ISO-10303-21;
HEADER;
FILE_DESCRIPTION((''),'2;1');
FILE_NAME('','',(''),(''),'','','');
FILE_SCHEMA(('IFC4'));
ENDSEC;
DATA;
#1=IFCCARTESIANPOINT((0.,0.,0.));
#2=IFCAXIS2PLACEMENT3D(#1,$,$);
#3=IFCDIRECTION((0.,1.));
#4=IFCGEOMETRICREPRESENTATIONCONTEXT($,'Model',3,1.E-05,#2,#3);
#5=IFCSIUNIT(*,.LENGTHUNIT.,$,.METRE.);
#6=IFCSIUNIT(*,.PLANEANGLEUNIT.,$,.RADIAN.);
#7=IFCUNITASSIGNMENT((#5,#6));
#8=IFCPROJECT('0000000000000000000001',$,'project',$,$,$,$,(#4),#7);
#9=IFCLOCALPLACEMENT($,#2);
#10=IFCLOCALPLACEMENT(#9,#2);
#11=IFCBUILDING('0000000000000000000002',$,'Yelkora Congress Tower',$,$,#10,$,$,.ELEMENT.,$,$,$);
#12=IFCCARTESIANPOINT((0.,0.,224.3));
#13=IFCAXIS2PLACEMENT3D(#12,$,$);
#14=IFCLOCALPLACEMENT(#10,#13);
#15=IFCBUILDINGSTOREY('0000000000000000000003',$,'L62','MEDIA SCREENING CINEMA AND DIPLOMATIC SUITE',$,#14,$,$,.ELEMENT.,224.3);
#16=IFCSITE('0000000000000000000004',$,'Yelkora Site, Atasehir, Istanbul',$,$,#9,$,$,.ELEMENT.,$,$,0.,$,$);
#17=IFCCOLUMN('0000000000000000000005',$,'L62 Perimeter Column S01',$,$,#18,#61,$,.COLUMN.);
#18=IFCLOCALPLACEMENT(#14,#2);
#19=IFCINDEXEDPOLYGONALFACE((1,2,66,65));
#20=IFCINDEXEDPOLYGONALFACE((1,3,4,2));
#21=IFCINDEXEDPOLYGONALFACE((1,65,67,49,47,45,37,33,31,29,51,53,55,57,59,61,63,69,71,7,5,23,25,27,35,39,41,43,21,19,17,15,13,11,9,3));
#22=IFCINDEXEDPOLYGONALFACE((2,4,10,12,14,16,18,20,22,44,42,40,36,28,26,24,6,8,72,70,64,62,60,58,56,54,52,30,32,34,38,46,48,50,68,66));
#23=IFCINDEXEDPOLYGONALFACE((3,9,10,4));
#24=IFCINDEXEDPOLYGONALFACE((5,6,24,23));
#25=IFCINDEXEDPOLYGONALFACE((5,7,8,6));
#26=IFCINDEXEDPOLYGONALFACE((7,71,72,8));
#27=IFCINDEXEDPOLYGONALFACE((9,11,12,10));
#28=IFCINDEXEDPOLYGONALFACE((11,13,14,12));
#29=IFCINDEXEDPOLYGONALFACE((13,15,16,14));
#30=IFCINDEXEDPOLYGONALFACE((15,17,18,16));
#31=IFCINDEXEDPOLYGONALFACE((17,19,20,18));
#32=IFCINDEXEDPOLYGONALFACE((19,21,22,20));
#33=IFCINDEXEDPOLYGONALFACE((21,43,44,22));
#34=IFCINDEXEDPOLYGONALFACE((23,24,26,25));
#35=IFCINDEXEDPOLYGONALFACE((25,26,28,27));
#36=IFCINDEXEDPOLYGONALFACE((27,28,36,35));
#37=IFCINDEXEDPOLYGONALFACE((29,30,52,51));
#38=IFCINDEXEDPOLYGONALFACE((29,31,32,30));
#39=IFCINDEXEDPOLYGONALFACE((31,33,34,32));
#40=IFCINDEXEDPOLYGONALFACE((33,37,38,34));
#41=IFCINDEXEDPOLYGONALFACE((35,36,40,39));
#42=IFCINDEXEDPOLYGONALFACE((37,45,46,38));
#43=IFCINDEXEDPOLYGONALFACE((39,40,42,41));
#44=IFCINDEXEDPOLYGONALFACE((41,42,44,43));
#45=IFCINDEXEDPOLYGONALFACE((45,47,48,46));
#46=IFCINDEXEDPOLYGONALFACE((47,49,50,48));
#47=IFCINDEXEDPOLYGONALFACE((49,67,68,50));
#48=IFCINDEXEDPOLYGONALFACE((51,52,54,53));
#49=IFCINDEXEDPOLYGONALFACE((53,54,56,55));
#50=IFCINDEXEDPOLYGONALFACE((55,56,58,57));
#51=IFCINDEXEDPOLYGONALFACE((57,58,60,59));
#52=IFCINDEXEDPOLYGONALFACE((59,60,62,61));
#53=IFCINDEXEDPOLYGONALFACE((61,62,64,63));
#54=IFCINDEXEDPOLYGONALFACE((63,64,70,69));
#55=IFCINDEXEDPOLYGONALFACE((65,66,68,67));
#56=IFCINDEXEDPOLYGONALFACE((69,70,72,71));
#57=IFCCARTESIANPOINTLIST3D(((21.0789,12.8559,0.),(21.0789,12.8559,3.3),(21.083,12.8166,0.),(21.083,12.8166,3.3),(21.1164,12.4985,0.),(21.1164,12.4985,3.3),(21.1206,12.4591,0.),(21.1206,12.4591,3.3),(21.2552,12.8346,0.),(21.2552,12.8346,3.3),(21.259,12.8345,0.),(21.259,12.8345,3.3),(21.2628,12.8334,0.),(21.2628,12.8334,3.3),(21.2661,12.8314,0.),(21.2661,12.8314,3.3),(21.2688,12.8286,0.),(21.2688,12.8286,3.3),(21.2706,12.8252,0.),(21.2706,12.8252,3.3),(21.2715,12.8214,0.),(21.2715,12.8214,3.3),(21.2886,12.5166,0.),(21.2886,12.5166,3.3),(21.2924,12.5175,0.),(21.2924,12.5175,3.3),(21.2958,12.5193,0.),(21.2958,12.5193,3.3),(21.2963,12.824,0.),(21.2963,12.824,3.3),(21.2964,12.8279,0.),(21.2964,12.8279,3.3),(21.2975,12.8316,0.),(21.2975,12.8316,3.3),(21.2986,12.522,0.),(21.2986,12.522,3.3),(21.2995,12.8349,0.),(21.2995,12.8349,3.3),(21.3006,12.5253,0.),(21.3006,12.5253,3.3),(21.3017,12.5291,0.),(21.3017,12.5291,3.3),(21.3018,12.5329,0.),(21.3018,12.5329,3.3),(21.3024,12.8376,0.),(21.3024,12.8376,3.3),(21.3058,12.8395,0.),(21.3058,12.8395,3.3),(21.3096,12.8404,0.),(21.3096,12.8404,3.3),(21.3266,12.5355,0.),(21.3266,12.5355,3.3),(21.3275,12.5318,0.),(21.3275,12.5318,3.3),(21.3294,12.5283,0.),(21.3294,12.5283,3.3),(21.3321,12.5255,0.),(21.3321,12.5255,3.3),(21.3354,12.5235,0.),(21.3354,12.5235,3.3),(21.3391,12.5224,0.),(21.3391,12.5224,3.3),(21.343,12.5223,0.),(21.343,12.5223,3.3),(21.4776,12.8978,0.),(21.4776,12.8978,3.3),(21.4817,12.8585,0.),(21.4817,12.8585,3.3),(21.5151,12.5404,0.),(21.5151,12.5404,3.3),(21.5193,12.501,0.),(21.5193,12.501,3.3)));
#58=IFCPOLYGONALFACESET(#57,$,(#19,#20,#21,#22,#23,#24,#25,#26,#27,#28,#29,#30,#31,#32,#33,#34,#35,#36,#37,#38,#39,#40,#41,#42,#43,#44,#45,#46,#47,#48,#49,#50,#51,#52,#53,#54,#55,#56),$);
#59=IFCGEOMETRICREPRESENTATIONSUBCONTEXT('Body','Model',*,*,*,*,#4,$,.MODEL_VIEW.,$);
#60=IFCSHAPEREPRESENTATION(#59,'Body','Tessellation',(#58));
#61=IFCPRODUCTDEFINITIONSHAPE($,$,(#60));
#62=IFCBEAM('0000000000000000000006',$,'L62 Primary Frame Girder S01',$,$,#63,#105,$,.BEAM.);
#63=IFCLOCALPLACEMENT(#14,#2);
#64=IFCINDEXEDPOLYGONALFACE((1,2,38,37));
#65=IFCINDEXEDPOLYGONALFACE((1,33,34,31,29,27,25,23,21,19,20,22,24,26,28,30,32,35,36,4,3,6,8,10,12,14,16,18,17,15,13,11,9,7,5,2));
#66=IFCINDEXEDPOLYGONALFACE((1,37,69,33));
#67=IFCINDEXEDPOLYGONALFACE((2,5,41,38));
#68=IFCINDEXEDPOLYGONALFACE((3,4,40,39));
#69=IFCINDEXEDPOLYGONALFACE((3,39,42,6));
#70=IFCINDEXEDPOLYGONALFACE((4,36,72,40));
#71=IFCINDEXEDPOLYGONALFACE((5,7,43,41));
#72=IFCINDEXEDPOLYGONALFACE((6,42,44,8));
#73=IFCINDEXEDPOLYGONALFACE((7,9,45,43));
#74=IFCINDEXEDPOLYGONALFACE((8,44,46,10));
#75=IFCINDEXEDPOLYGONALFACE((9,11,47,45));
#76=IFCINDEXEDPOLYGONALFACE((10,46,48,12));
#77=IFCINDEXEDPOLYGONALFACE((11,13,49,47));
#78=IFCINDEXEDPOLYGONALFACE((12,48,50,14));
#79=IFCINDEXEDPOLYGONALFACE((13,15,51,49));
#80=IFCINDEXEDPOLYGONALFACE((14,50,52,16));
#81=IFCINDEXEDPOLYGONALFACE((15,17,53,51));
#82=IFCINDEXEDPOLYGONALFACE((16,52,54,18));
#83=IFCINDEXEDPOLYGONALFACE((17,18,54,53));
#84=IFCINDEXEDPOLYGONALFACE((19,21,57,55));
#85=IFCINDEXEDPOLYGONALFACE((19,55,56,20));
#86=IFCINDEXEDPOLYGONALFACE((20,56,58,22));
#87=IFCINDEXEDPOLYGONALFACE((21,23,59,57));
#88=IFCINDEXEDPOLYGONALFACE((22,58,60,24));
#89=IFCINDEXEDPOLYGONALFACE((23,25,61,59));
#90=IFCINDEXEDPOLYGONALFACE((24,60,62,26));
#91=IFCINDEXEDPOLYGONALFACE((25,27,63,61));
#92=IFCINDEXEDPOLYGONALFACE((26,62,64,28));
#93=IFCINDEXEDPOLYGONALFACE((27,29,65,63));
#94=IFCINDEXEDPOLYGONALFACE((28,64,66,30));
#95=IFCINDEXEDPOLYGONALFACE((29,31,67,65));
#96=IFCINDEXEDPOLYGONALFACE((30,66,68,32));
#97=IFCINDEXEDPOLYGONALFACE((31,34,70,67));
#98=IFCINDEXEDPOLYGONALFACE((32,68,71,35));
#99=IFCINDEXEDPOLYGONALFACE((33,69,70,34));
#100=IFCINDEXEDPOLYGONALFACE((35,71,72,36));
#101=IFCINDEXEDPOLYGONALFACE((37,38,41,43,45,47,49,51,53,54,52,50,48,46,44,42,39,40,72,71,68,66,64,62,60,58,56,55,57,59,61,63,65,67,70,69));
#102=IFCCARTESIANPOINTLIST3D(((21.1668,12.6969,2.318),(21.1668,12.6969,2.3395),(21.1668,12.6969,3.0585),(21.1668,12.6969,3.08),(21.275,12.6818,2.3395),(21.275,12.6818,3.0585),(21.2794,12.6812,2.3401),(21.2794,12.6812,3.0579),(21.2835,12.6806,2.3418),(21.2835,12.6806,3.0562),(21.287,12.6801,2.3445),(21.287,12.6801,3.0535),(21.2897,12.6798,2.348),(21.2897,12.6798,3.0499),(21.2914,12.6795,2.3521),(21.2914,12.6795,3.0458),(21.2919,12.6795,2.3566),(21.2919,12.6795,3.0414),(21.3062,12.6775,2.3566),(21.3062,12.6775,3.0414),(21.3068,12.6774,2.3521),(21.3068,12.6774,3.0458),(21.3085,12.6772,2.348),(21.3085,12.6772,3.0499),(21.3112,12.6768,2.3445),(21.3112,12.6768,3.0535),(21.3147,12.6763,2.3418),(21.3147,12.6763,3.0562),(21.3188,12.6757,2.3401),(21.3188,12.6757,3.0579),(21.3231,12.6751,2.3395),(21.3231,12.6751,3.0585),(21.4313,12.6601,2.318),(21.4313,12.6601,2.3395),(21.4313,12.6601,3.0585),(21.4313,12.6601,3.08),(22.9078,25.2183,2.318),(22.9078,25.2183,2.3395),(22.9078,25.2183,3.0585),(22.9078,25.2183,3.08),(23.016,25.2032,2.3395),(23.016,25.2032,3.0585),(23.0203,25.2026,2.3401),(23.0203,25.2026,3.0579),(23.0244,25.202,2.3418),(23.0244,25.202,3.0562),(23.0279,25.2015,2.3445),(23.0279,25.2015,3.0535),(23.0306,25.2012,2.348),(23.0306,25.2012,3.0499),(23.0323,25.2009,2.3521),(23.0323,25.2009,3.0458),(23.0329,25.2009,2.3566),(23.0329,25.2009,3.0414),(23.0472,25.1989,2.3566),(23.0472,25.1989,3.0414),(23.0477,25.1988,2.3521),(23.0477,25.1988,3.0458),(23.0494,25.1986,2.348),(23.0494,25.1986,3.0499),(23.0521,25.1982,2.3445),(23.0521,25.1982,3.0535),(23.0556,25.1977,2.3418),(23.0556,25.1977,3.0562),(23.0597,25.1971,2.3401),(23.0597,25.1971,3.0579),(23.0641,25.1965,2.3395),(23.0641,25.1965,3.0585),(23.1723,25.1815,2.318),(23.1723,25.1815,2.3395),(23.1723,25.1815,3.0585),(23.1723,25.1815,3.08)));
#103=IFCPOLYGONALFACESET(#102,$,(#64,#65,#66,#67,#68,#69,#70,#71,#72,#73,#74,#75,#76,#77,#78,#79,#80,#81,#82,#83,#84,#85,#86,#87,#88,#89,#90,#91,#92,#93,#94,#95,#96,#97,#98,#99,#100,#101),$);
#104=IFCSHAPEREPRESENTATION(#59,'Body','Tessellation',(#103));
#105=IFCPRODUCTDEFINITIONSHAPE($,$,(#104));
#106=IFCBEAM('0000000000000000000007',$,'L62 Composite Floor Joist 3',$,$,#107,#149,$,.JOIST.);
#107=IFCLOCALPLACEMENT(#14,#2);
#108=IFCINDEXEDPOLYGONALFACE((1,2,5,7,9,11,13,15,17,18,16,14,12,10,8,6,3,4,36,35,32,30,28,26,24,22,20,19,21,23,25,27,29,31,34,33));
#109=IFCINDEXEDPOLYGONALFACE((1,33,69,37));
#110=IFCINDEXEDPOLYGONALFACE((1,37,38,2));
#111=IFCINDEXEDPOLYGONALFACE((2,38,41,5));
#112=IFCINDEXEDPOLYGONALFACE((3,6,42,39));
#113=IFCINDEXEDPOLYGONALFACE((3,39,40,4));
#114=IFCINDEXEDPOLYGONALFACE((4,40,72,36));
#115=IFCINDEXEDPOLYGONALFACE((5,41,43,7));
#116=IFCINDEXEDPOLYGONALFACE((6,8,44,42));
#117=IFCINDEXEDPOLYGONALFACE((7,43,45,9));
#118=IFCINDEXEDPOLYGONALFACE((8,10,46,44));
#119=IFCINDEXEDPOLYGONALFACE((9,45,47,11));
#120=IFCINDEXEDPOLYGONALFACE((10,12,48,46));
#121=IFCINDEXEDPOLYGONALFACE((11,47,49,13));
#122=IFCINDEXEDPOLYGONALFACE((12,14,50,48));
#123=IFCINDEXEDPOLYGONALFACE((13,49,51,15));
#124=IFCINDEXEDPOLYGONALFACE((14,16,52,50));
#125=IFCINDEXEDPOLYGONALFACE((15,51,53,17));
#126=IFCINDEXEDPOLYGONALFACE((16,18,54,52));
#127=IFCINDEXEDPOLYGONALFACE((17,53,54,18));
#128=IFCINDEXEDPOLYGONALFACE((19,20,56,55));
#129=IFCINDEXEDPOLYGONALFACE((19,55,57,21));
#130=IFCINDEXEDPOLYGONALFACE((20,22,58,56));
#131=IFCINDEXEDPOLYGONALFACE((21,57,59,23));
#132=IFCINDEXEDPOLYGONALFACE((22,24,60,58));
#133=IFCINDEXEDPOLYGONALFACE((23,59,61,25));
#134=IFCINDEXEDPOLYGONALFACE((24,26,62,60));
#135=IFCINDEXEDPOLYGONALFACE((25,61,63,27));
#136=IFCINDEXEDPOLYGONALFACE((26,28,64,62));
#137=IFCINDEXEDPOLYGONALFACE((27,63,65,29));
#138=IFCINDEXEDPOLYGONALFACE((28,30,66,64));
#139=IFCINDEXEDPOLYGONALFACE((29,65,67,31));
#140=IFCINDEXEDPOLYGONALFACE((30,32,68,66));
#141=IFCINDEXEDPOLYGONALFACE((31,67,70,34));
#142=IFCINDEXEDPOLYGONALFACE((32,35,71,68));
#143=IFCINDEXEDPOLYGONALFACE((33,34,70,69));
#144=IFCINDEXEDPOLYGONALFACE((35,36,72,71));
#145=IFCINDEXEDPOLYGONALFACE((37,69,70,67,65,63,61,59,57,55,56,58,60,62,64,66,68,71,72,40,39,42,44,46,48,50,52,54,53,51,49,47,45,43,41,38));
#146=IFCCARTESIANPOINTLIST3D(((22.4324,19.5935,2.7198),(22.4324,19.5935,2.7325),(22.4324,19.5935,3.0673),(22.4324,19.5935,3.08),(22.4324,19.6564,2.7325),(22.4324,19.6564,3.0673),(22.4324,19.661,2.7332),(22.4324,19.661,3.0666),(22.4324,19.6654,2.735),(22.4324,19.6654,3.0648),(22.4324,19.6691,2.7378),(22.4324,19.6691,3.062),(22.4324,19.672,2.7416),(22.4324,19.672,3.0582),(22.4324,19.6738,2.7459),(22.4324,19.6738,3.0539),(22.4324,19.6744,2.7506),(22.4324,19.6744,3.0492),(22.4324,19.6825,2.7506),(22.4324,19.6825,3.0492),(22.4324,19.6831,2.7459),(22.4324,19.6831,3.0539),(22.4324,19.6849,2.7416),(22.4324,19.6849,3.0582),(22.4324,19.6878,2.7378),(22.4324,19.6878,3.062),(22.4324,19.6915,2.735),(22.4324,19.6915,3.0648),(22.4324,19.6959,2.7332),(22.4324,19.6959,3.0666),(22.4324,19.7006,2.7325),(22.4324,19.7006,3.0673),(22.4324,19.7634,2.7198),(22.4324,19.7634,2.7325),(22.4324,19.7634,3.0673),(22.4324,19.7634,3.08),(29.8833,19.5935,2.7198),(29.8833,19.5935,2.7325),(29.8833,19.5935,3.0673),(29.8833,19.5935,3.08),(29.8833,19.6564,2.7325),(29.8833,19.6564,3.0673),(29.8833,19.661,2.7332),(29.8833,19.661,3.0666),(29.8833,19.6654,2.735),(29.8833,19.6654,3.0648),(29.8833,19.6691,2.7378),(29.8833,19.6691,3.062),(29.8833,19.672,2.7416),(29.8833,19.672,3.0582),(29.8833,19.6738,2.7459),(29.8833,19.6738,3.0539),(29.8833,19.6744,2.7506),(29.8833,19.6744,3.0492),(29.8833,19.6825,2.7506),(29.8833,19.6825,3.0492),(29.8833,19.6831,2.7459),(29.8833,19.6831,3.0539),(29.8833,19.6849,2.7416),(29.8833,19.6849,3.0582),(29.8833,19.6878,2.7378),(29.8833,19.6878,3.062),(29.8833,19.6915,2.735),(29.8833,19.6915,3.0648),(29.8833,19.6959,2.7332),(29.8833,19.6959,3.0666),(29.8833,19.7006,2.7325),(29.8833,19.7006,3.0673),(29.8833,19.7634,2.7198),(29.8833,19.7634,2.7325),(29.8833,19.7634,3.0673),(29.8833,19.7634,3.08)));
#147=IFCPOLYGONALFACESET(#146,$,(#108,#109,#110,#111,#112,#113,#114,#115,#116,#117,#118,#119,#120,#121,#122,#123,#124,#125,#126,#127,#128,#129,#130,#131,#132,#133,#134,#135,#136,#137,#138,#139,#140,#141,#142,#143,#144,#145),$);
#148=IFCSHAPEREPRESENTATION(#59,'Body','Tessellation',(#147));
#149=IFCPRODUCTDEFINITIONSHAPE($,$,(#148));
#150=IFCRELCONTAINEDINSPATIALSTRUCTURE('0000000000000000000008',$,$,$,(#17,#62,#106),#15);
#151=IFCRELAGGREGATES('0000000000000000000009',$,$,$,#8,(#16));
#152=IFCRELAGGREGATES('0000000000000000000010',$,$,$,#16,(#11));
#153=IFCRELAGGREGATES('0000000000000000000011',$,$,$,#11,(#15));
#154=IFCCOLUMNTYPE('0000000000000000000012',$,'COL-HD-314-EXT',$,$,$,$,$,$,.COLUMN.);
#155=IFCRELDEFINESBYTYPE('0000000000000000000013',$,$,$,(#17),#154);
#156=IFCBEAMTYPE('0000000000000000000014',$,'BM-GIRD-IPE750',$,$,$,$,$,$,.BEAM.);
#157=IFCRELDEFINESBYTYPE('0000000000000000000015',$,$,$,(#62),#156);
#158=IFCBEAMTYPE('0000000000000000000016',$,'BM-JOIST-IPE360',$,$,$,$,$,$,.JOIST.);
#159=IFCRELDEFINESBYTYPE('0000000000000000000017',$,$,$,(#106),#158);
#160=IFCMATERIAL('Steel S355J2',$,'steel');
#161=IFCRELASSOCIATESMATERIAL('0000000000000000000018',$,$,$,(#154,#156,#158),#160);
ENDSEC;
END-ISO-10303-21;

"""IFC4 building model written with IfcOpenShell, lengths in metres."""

from ifc_helpers import new_model, si_unit, direction, frame, origin, origin_2d, place, context, subcontext, project, spatial, i_section, extrude, material, material_profile, profile_set, type_object, element, save


model = new_model("IFC4")

# Units and contexts
model_context = context("Model", 3, precision=1e-05, world=origin(), true_north=direction((0.0, 1.0)))
body_context = subcontext(model_context, "Body", "Model", "MODEL_VIEW")
ifc_project = project(units=[si_unit("LENGTHUNIT", "METRE"), si_unit("PLANEANGLEUNIT", "RADIAN")], contexts=[model_context])

# Site, building, storey
site_placement = place(None, origin())
site = spatial("IfcSite", under=ifc_project, at=site_placement, Name="Yelkora Site, Atasehir, Istanbul", CompositionType="ELEMENT", RefElevation=0.0)
building_placement = place(site_placement, origin())
building = spatial("IfcBuilding", under=site, at=building_placement, Name="Yelkora Congress Tower", CompositionType="ELEMENT")
storey_placement = place(building_placement, frame((0.0, 0.0, 224.3)))
storey = spatial("IfcBuildingStorey", under=building, at=storey_placement, Name="L62", Description="MEDIA SCREENING CINEMA AND DIPLOMATIC SUITE", CompositionType="ELEMENT", Elevation=224.3)

# Column
ifc_material_1 = material(Name="Steel S355J2", Category="steel")
ifc_material_profile_1 = material_profile(ifc_material_1, i_section(OverallWidth=0.4009, OverallDepth=0.3989, WebThickness=0.0249, FlangeThickness=0.0396, FilletRadius=0.0149, at=origin_2d()), Name="HD 400x314")
ifc_profile_set_1 = profile_set([ifc_material_profile_1], Name="Steel S355J2")
column_type = type_object("IfcColumnType", Name="COL-HD-314-EXT", PredefinedType="COLUMN", material=ifc_profile_set_1)
column_placement = place(storey_placement, frame((21.2991, 12.6785, 0.0), z_axis=(0.0, 0.0, 1.0), x_axis=(0.994522, 0.104528, 0.0)))
element("IfcColumn", 1, at=column_placement, inside=storey, type_object=column_type, Name="L62 Perimeter Column S01", PredefinedType="COLUMN", context=body_context, shape_type="SweptSolid", body=[
    extrude(i_section(OverallWidth=0.4009, OverallDepth=0.3989, WebThickness=0.0249, FlangeThickness=0.0396, FilletRadius=0.0149, at=origin_2d()), origin(), (0.0, 0.0, 1.0), 3.3),
])

# Beams
ifc_material_profile_2 = material_profile(ifc_material_1, i_section(OverallWidth=0.2671, OverallDepth=0.762, WebThickness=0.0144, FlangeThickness=0.0215, FilletRadius=0.0171, at=origin_2d()), Name="IPE 750x173")
ifc_profile_set_2 = profile_set([ifc_material_profile_2], Name="Steel S355J2")
beam_type_1 = type_object("IfcBeamType", Name="BM-GIRD-IPE750", PredefinedType="BEAM", material=ifc_profile_set_2)
beam_1_placement = place(storey_placement, frame((21.2991, 12.6785, 2.699), z_axis=(0.137714, 0.990472, 0.0), x_axis=(-0.990472, 0.137714, 0.0)))
element("IfcBeam", 2, at=beam_1_placement, inside=storey, type_object=beam_type_1, Name="L62 Primary Frame Girder S01", PredefinedType="BEAM", context=body_context, shape_type="SweptSolid", body=[
    extrude(i_section(OverallWidth=0.2671, OverallDepth=0.762, WebThickness=0.0144, FlangeThickness=0.0215, FilletRadius=0.0171, at=origin_2d()), origin(), (0.0, 0.0, 1.0), 12.6418),
])
ifc_material_profile_3 = material_profile(ifc_material_1, i_section(OverallWidth=0.1699, OverallDepth=0.3601, WebThickness=0.0081, FlangeThickness=0.0127, FilletRadius=0.0181, at=origin_2d()), Name="IPE 360")
ifc_profile_set_3 = profile_set([ifc_material_profile_3], Name="Steel S355J2")
beam_type_2 = type_object("IfcBeamType", Name="BM-JOIST-IPE360", PredefinedType="JOIST", material=ifc_profile_set_3)
beam_2_placement = place(storey_placement, frame((22.4324, 19.6785, 2.8999), z_axis=(1.0, 0.0, 0.0), x_axis=(0.0, 1.0, 0.0)))
element("IfcBeam", 3, at=beam_2_placement, inside=storey, type_object=beam_type_2, Name="L62 Composite Floor Joist 3", PredefinedType="JOIST", context=body_context, shape_type="SweptSolid", body=[
    extrude(i_section(OverallWidth=0.1699, OverallDepth=0.3601, WebThickness=0.0081, FlangeThickness=0.0127, FilletRadius=0.0181, at=origin_2d()), origin(), (0.0, 0.0, 1.0), 7.4509),
])

save(model, "model.ifc")
